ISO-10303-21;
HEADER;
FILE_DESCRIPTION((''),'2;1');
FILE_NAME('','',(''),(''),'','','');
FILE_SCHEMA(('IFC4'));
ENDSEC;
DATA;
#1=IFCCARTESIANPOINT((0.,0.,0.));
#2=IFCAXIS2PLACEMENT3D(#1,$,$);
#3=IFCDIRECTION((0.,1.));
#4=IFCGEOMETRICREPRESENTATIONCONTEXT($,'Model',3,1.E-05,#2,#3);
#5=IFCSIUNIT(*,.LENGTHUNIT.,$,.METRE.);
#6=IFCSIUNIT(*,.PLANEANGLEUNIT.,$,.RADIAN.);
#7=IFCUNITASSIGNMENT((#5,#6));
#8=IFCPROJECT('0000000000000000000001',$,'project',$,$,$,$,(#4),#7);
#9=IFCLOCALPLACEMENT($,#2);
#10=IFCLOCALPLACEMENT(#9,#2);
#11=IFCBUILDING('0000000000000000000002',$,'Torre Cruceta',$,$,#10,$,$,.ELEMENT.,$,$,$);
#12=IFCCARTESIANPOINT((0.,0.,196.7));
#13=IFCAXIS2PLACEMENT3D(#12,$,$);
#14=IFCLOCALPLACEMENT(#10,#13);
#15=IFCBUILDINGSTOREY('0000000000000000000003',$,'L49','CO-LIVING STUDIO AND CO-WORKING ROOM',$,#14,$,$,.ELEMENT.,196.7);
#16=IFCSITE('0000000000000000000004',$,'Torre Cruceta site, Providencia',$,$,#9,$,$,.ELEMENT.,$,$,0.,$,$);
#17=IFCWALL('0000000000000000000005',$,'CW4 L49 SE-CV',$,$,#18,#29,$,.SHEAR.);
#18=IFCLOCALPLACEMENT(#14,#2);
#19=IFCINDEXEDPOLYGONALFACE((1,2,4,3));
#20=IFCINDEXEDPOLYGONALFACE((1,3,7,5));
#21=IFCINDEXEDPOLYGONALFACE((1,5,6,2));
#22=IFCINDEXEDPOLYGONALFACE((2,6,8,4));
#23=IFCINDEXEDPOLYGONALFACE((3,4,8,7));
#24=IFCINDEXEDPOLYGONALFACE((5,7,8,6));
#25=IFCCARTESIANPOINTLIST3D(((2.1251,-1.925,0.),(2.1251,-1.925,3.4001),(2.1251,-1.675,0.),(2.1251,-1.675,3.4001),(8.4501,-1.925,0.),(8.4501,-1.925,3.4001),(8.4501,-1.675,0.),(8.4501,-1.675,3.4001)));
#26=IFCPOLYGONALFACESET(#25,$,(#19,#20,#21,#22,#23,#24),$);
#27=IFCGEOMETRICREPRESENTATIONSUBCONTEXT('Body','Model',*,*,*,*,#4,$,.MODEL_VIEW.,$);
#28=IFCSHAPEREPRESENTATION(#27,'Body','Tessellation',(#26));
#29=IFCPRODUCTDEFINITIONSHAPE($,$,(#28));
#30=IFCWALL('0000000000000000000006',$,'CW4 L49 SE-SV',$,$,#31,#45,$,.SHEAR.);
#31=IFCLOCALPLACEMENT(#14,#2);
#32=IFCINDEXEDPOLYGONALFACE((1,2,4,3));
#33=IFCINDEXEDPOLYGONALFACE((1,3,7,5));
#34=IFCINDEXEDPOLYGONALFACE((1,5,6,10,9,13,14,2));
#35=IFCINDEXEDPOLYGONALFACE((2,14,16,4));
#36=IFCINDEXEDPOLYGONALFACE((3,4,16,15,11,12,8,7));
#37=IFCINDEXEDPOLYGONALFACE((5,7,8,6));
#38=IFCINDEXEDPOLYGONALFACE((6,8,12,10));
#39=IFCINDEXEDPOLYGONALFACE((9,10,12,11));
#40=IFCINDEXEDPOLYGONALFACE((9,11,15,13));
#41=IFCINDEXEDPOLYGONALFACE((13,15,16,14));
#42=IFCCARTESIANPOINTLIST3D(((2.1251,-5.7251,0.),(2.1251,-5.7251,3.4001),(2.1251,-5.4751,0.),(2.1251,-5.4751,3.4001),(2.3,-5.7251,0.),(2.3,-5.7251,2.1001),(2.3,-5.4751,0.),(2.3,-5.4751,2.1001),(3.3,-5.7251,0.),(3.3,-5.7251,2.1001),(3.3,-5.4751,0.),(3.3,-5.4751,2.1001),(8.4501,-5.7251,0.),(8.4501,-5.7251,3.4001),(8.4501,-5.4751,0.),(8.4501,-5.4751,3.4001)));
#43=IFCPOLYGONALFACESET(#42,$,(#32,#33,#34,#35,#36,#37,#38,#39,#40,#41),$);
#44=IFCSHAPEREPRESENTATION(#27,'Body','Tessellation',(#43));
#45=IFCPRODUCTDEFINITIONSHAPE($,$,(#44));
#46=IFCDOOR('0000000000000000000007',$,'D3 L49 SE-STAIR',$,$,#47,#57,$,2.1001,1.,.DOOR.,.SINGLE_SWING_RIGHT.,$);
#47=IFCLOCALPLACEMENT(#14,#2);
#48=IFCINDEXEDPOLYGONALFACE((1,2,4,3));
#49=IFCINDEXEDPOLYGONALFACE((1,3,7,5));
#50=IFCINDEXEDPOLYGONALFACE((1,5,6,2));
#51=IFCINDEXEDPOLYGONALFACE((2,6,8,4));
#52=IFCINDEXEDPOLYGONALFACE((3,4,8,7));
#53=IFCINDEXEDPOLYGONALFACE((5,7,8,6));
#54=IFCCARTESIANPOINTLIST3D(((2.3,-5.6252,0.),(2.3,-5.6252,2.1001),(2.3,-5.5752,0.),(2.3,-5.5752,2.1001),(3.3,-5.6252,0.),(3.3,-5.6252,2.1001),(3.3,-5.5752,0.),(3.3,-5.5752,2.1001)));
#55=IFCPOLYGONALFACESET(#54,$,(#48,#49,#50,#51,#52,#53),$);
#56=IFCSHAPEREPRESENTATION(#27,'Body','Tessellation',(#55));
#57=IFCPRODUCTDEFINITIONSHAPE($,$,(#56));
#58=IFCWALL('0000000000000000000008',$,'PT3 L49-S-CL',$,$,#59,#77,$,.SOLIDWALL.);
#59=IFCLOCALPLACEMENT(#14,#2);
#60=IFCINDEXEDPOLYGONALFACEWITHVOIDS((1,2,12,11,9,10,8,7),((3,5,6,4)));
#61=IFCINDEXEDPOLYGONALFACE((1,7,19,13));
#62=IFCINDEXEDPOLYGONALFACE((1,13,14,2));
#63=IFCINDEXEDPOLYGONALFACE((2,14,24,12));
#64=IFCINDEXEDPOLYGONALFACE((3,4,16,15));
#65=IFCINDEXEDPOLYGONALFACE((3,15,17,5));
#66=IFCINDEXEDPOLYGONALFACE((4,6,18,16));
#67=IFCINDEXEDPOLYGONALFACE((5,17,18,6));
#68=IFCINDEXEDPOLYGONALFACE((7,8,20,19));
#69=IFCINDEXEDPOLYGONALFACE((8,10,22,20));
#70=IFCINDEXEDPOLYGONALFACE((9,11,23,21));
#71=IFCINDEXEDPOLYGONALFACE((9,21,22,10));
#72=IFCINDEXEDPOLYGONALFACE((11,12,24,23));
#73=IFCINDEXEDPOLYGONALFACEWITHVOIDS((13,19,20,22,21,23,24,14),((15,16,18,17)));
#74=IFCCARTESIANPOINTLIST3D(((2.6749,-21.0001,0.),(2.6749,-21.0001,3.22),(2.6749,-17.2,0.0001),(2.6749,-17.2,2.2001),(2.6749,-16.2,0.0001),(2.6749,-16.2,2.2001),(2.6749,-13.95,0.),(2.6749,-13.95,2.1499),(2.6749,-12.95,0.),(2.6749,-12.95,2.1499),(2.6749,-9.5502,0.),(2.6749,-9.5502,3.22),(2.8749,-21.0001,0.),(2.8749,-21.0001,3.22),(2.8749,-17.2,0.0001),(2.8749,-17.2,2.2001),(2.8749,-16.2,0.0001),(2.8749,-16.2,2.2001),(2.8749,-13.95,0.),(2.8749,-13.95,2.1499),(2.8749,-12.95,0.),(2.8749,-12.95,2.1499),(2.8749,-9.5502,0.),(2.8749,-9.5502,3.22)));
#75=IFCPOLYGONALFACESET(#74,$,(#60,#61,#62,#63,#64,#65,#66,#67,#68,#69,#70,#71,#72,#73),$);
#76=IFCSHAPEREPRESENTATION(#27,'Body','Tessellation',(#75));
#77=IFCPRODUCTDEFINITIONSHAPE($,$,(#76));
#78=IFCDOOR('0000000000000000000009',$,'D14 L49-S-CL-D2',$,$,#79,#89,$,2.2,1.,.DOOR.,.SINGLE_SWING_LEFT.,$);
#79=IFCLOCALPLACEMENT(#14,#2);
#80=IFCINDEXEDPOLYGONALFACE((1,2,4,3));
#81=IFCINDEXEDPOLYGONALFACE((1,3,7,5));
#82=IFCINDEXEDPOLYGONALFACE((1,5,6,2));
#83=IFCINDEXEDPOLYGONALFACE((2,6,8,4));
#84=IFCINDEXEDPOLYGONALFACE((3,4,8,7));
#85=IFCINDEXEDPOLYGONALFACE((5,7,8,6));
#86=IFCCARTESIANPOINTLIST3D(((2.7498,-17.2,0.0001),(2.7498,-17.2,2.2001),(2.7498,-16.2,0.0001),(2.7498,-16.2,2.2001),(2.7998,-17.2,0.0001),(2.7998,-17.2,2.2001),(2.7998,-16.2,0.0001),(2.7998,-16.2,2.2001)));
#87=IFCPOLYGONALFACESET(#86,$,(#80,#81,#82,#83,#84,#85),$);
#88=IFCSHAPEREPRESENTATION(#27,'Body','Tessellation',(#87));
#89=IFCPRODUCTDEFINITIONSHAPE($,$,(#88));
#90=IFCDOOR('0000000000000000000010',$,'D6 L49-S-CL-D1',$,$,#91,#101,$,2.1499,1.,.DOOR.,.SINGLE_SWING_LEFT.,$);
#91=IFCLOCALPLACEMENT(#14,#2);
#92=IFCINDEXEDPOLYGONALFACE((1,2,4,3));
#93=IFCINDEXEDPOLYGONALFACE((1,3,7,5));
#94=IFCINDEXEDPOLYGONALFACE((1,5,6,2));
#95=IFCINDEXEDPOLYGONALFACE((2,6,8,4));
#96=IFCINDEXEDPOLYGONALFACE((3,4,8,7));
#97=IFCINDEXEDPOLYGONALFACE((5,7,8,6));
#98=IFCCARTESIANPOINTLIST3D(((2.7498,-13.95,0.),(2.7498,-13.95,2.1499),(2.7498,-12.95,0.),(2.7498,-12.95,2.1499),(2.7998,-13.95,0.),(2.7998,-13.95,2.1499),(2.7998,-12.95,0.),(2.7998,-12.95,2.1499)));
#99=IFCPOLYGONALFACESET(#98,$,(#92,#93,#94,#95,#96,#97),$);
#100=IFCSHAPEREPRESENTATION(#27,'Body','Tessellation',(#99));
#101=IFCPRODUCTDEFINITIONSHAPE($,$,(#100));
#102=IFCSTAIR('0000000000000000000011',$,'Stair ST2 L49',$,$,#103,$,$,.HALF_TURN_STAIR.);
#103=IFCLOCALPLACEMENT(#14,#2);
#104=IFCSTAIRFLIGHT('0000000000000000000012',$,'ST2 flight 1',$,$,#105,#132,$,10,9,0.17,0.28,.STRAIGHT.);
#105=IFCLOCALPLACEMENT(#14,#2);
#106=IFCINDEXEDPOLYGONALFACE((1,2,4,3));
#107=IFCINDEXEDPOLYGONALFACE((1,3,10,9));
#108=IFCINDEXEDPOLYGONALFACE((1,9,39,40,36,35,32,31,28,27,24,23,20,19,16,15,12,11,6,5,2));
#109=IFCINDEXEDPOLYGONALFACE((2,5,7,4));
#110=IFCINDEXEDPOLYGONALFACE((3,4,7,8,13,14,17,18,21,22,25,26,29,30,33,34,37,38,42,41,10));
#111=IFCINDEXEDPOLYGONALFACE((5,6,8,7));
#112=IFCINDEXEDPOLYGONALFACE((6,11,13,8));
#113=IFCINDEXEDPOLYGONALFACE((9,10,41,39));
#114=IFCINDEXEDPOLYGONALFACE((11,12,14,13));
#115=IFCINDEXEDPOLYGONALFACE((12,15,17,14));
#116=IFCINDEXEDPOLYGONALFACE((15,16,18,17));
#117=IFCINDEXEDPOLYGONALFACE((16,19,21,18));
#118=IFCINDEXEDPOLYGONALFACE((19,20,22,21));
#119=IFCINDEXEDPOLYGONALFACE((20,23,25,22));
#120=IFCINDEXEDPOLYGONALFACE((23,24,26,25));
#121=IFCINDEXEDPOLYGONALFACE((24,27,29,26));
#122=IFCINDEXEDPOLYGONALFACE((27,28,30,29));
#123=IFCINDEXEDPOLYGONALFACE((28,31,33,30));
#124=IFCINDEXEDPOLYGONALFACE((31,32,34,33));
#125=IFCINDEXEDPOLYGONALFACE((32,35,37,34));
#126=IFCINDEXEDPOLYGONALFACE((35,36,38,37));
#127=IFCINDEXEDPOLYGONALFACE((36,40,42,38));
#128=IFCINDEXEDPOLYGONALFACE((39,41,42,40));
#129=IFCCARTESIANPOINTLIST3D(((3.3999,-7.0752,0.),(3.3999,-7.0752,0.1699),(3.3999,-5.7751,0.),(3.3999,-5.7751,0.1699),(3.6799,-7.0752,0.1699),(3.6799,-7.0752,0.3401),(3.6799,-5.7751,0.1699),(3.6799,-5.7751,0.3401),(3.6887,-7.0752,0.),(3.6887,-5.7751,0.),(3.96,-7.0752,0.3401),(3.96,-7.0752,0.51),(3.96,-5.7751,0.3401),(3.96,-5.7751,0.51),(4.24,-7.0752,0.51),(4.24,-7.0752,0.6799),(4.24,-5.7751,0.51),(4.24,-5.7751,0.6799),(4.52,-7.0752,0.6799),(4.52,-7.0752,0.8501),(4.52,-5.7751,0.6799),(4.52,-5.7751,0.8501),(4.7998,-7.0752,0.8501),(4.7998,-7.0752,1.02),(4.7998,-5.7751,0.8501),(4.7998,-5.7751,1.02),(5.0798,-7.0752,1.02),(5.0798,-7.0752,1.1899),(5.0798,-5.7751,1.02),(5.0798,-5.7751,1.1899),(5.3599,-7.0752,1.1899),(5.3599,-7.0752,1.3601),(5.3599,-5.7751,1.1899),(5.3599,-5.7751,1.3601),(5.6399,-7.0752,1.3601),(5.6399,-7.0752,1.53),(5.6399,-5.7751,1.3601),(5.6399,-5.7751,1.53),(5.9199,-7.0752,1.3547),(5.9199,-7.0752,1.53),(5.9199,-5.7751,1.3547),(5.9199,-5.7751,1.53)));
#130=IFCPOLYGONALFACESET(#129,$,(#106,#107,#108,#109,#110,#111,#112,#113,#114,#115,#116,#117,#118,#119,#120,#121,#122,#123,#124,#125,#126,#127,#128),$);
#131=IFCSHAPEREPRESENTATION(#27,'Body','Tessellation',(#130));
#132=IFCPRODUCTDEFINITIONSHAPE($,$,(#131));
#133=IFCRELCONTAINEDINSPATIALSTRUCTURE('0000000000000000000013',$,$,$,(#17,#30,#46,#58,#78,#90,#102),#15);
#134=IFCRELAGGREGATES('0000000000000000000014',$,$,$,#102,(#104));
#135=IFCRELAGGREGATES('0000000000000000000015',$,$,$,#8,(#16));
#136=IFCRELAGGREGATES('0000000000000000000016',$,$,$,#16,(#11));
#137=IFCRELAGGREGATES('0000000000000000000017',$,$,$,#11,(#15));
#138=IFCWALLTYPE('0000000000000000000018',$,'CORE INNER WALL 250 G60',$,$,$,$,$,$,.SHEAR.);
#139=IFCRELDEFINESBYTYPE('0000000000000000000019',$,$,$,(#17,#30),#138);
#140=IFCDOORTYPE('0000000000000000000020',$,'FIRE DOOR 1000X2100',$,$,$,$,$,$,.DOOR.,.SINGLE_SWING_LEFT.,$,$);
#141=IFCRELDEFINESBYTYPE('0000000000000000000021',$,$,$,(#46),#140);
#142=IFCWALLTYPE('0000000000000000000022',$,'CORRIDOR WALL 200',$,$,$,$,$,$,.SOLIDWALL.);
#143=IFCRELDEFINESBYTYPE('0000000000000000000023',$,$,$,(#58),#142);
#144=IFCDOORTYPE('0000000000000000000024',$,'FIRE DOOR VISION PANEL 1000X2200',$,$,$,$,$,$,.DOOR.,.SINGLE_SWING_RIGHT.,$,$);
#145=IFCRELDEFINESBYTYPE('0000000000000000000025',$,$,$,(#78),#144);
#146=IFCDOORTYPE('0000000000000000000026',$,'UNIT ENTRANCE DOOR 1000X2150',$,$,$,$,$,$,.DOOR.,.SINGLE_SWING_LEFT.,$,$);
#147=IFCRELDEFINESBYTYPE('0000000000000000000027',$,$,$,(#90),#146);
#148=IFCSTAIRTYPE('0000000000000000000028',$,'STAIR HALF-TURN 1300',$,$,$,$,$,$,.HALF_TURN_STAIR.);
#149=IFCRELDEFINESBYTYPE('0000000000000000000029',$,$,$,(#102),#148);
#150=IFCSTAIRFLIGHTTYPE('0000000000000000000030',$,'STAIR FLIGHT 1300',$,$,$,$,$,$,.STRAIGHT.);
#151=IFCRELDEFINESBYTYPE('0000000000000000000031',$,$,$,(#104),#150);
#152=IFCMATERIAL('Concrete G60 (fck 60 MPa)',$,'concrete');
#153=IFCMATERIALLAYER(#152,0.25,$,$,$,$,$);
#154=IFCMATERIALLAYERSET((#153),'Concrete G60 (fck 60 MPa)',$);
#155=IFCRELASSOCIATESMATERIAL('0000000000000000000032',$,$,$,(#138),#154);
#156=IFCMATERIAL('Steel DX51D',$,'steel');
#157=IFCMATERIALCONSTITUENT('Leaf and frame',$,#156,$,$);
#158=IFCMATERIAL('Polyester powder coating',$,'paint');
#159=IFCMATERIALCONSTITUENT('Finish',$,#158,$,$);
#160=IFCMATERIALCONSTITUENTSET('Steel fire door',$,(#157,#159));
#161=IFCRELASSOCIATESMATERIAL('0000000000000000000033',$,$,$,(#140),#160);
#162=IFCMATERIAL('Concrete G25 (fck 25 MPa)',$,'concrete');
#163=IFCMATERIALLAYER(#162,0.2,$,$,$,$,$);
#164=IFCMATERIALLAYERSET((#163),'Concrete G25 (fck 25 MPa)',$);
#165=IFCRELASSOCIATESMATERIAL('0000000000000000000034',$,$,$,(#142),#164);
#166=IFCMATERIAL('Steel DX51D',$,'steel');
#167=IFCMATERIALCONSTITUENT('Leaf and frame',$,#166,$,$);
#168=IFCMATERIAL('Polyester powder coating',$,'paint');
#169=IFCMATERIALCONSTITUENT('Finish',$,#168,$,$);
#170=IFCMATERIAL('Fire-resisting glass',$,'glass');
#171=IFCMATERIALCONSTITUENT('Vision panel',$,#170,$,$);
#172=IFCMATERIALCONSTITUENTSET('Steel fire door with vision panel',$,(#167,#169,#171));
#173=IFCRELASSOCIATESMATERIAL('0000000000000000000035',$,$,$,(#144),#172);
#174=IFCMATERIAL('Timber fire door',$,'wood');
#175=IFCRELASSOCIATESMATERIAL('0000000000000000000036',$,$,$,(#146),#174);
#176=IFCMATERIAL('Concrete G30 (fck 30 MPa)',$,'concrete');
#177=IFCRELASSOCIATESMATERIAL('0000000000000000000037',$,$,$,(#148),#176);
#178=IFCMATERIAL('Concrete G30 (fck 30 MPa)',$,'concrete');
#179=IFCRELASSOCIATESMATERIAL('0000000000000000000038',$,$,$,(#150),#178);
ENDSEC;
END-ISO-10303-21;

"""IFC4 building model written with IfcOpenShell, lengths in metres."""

from ifc_helpers import new_model, si_unit, direction, frame, frame_2d, origin, place, context, subcontext, project, spatial, polyline, rectangle, outline, extrude, material, layer, layer_set, constituent, constituent_set, type_object, element, fill, aggregate, save


model = new_model("IFC4")

# Units and contexts
model_context = context("Model", 3, precision=1e-05, world=origin(), true_north=direction((0.0, 1.0)))
body_context = subcontext(model_context, "Body", "Model", "MODEL_VIEW")
ifc_project = project(units=[si_unit("LENGTHUNIT", "METRE"), si_unit("PLANEANGLEUNIT", "RADIAN")], contexts=[model_context])

# Site, building, storey
site_placement = place(None, origin())
site = spatial("IfcSite", under=ifc_project, at=site_placement, Name="Torre Cruceta site, Providencia", CompositionType="ELEMENT", RefElevation=0.0)
building_placement = place(site_placement, origin())
building = spatial("IfcBuilding", under=site, at=building_placement, Name="Torre Cruceta", CompositionType="ELEMENT")
storey_placement = place(building_placement, frame((0.0, 0.0, 196.7)))
storey = spatial("IfcBuildingStorey", under=building, at=storey_placement, Name="L49", Description="CO-LIVING STUDIO AND CO-WORKING ROOM", CompositionType="ELEMENT", Elevation=196.7)

# Shared definitions
ifc_material_1 = material(Name="Concrete G60 (fck 60 MPa)", Category="concrete")
ifc_layer_1 = layer(ifc_material_1, 0.25)
ifc_layer_set_1 = layer_set([ifc_layer_1], Name="Concrete G60 (fck 60 MPa)")
wall_type_1 = type_object("IfcWallType", Name="CORE INNER WALL 250 G60", PredefinedType="SHEAR", material=ifc_layer_set_1)
ifc_material_2 = material(Name="Steel DX51D", Category="steel")
ifc_constituent_1 = constituent(ifc_material_2, Name="Leaf and frame")
ifc_material_3 = material(Name="Polyester powder coating", Category="paint")
ifc_constituent_2 = constituent(ifc_material_3, Name="Finish")
ifc_constituent_set_1 = constituent_set(constituents=[ifc_constituent_1, ifc_constituent_2], Name="Steel fire door")
door_type_1 = type_object("IfcDoorType", Name="FIRE DOOR 1000X2100", OperationType="SINGLE_SWING_LEFT", PredefinedType="DOOR", material=ifc_constituent_set_1)

# Wall
wall_1_placement = place(storey_placement, frame((2.125, -1.8, 0.0), z_axis=(0.0, 0.0, 1.0), x_axis=(1.0, 0.0, 0.0)))
element("IfcWall", 1, at=wall_1_placement, inside=storey, type_object=wall_type_1, Name="CW4 L49 SE-CV", PredefinedType="SHEAR", context=body_context, shape_type="SweptSolid", body=[
    extrude(rectangle(XDim=6.325, YDim=0.25, at=frame_2d((3.1626, 0.0))), origin(), (0.0, 0.0, 1.0), 3.4001),
])

# Wall, opening, door
wall_2_placement = place(storey_placement, frame((2.125, -5.6001, 0.0), z_axis=(0.0, 0.0, 1.0), x_axis=(1.0, 0.0, 0.0)))
wall_2 = element("IfcWall", 2, at=wall_2_placement, inside=storey, type_object=wall_type_1, Name="CW4 L49 SE-SV", PredefinedType="SHEAR", context=body_context, shape_type="SweptSolid", body=[
    extrude(rectangle(XDim=6.325, YDim=0.25, at=frame_2d((3.1626, 0.0))), origin(), (0.0, 0.0, 1.0), 3.4001),
])
opening_1_placement = place(wall_2_placement, frame((0.175, 0.0, 0.0)))
opening_1 = element("IfcOpeningElement", 3, at=opening_1_placement, cuts=wall_2, PredefinedType="OPENING", context=body_context, shape_type="SweptSolid", body=[
    extrude(rectangle(XDim=1.0, YDim=2.1001, at=frame_2d((0.5, 1.05))), frame((0.0, 0.135, 0.0), z_axis=(0.0, -1.0, 0.0), x_axis=(1.0, 0.0, 0.0)), (0.0, 0.0, 1.0), 0.27),
])
door_1_placement = place(opening_1_placement, frame((1.0, 0.0, 0.0), z_axis=(0.0, 0.0, 1.0), x_axis=(-1.0, 0.0, 0.0)))
door_1 = element("IfcDoor", 4, at=door_1_placement, inside=storey, type_object=door_type_1, Name="D3 L49 SE-STAIR", OperationType="SINGLE_SWING_RIGHT", OverallHeight=2.1001, OverallWidth=1.0, PredefinedType="DOOR", context=body_context, shape_type="SweptSolid", body=[
    extrude(rectangle(XDim=1.0, YDim=2.1001, at=frame_2d((0.5, 1.05))), frame((0.0, 0.0251, 0.0), z_axis=(0.0, -1.0, 0.0), x_axis=(1.0, 0.0, 0.0)), (0.0, 0.0, 1.0), 0.05),
])
fill(opening_1, door_1)

# Wall, openings, doors
ifc_material_4 = material(Name="Concrete G25 (fck 25 MPa)", Category="concrete")
ifc_layer_2 = layer(ifc_material_4, 0.2)
ifc_layer_set_2 = layer_set([ifc_layer_2], Name="Concrete G25 (fck 25 MPa)")
wall_type_2 = type_object("IfcWallType", Name="CORRIDOR WALL 200", PredefinedType="SOLIDWALL", material=ifc_layer_set_2)
wall_3_placement = place(storey_placement, frame((2.7749, -9.55, 0.0), z_axis=(0.0, 0.0, 1.0), x_axis=(0.0, -1.0, 0.0)))
wall_3 = element("IfcWall", 5, at=wall_3_placement, inside=storey, type_object=wall_type_2, Name="PT3 L49-S-CL", PredefinedType="SOLIDWALL", context=body_context, shape_type="SweptSolid", body=[
    extrude(rectangle(XDim=11.45, YDim=0.2, at=frame_2d((5.7251, 0.0))), origin(), (0.0, 0.0, 1.0), 3.22),
])
opening_2_placement = place(wall_3_placement, frame((3.3999, 0.0, 0.0)))
opening_2 = element("IfcOpeningElement", 6, at=opening_2_placement, cuts=wall_3, PredefinedType="OPENING", context=body_context, shape_type="SweptSolid", body=[
    extrude(rectangle(XDim=1.0, YDim=2.1499, at=frame_2d((0.5, 1.075))), frame((0.0, 0.1099, 0.0), z_axis=(0.0, -1.0, 0.0), x_axis=(1.0, 0.0, 0.0)), (0.0, 0.0, 1.0), 0.22),
])
opening_3_placement = place(wall_3_placement, frame((6.6499, 0.0, 0.0)))
opening_3 = element("IfcOpeningElement", 7, at=opening_3_placement, cuts=wall_3, PredefinedType="OPENING", context=body_context, shape_type="SweptSolid", body=[
    extrude(rectangle(XDim=1.0, YDim=2.2, at=frame_2d((0.5, 1.1001))), frame((0.0, 0.1099, 0.0), z_axis=(0.0, -1.0, 0.0), x_axis=(1.0, 0.0, 0.0)), (0.0, 0.0, 1.0), 0.22),
])
ifc_material_5 = material(Name="Steel DX51D", Category="steel")
ifc_constituent_3 = constituent(ifc_material_5, Name="Leaf and frame")
ifc_material_6 = material(Name="Polyester powder coating", Category="paint")
ifc_constituent_4 = constituent(ifc_material_6, Name="Finish")
ifc_material_7 = material(Name="Fire-resisting glass", Category="glass")
ifc_constituent_5 = constituent(ifc_material_7, Name="Vision panel")
ifc_constituent_set_2 = constituent_set(constituents=[ifc_constituent_3, ifc_constituent_4, ifc_constituent_5], Name="Steel fire door with vision panel")
door_type_2 = type_object("IfcDoorType", Name="FIRE DOOR VISION PANEL 1000X2200", OperationType="SINGLE_SWING_RIGHT", PredefinedType="DOOR", material=ifc_constituent_set_2)
door_2_placement = place(opening_3_placement, origin())
door_2 = element("IfcDoor", 8, at=door_2_placement, inside=storey, type_object=door_type_2, Name="D14 L49-S-CL-D2", OperationType="SINGLE_SWING_LEFT", OverallHeight=2.2, OverallWidth=1.0, PredefinedType="DOOR", context=body_context, shape_type="SweptSolid", body=[
    extrude(rectangle(XDim=1.0, YDim=2.2, at=frame_2d((0.5, 1.1001))), frame((0.0, 0.0249, 0.0), z_axis=(0.0, -1.0, 0.0), x_axis=(1.0, 0.0, 0.0)), (0.0, 0.0, 1.0), 0.05),
])
fill(opening_3, door_2)
ifc_material_8 = material(Name="Timber fire door", Category="wood")
door_type_3 = type_object("IfcDoorType", Name="UNIT ENTRANCE DOOR 1000X2150", OperationType="SINGLE_SWING_LEFT", PredefinedType="DOOR", material=ifc_material_8)
door_3_placement = place(opening_2_placement, origin())
door_3 = element("IfcDoor", 9, at=door_3_placement, inside=storey, type_object=door_type_3, Name="D6 L49-S-CL-D1", OperationType="SINGLE_SWING_LEFT", OverallHeight=2.1499, OverallWidth=1.0, PredefinedType="DOOR", context=body_context, shape_type="SweptSolid", body=[
    extrude(rectangle(XDim=1.0, YDim=2.1499, at=frame_2d((0.5, 1.075))), frame((0.0, 0.0249, 0.0), z_axis=(0.0, -1.0, 0.0), x_axis=(1.0, 0.0, 0.0)), (0.0, 0.0, 1.0), 0.05),
])
fill(opening_2, door_3)

# Stair, stair flight
ifc_material_9 = material(Name="Concrete G30 (fck 30 MPa)", Category="concrete")
stair_type = type_object("IfcStairType", Name="STAIR HALF-TURN 1300", PredefinedType="HALF_TURN_STAIR", material=ifc_material_9)
stair_placement = place(storey_placement, origin())
stair = element("IfcStair", 10, at=stair_placement, inside=storey, type_object=stair_type, Name="Stair ST2 L49", PredefinedType="HALF_TURN_STAIR")
ifc_material_10 = material(Name="Concrete G30 (fck 30 MPa)", Category="concrete")
stair_flight_type = type_object("IfcStairFlightType", Name="STAIR FLIGHT 1300", PredefinedType="STRAIGHT", material=ifc_material_10)
stair_flight_placement = place(storey_placement, frame((3.3999, -6.425, 0.0), z_axis=(0.0, 0.0, 1.0), x_axis=(1.0, 0.0, 0.0)))
stair_flight = element("IfcStairFlight", 11, at=stair_flight_placement, type_object=stair_flight_type, Name="ST2 flight 1", NumberOfRisers=10, NumberOfTreads=9, PredefinedType="STRAIGHT", RiserHeight=0.17, TreadLength=0.28, context=body_context, shape_type="SweptSolid", body=[
    extrude(outline(polyline([(0.0, 0.0), (0.0, 0.1699), (0.28, 0.1699), (0.28, 0.3401), (0.5601, 0.3401), (0.5601, 0.51), (0.8401, 0.51), (0.8401, 0.6799), (1.1201, 0.6799), (1.1201, 0.8501), (1.3999, 0.8501), (1.3999, 1.02), (1.6799, 1.02), (1.6799, 1.1899), (1.96, 1.1899), (1.96, 1.3601), (2.24, 1.3601), (2.24, 1.53), (2.52, 1.53), (2.52, 1.7), (2.52, 1.3547), (0.2888, 0.0), (0.0, 0.0)])), frame((0.0, 0.6499, 0.0), z_axis=(0.0, -1.0, 0.0), x_axis=(1.0, 0.0, 0.0)), (0.0, 0.0, 1.0), 1.3),
])
aggregate(stair, [stair_flight])

save(model, "model.ifc")
